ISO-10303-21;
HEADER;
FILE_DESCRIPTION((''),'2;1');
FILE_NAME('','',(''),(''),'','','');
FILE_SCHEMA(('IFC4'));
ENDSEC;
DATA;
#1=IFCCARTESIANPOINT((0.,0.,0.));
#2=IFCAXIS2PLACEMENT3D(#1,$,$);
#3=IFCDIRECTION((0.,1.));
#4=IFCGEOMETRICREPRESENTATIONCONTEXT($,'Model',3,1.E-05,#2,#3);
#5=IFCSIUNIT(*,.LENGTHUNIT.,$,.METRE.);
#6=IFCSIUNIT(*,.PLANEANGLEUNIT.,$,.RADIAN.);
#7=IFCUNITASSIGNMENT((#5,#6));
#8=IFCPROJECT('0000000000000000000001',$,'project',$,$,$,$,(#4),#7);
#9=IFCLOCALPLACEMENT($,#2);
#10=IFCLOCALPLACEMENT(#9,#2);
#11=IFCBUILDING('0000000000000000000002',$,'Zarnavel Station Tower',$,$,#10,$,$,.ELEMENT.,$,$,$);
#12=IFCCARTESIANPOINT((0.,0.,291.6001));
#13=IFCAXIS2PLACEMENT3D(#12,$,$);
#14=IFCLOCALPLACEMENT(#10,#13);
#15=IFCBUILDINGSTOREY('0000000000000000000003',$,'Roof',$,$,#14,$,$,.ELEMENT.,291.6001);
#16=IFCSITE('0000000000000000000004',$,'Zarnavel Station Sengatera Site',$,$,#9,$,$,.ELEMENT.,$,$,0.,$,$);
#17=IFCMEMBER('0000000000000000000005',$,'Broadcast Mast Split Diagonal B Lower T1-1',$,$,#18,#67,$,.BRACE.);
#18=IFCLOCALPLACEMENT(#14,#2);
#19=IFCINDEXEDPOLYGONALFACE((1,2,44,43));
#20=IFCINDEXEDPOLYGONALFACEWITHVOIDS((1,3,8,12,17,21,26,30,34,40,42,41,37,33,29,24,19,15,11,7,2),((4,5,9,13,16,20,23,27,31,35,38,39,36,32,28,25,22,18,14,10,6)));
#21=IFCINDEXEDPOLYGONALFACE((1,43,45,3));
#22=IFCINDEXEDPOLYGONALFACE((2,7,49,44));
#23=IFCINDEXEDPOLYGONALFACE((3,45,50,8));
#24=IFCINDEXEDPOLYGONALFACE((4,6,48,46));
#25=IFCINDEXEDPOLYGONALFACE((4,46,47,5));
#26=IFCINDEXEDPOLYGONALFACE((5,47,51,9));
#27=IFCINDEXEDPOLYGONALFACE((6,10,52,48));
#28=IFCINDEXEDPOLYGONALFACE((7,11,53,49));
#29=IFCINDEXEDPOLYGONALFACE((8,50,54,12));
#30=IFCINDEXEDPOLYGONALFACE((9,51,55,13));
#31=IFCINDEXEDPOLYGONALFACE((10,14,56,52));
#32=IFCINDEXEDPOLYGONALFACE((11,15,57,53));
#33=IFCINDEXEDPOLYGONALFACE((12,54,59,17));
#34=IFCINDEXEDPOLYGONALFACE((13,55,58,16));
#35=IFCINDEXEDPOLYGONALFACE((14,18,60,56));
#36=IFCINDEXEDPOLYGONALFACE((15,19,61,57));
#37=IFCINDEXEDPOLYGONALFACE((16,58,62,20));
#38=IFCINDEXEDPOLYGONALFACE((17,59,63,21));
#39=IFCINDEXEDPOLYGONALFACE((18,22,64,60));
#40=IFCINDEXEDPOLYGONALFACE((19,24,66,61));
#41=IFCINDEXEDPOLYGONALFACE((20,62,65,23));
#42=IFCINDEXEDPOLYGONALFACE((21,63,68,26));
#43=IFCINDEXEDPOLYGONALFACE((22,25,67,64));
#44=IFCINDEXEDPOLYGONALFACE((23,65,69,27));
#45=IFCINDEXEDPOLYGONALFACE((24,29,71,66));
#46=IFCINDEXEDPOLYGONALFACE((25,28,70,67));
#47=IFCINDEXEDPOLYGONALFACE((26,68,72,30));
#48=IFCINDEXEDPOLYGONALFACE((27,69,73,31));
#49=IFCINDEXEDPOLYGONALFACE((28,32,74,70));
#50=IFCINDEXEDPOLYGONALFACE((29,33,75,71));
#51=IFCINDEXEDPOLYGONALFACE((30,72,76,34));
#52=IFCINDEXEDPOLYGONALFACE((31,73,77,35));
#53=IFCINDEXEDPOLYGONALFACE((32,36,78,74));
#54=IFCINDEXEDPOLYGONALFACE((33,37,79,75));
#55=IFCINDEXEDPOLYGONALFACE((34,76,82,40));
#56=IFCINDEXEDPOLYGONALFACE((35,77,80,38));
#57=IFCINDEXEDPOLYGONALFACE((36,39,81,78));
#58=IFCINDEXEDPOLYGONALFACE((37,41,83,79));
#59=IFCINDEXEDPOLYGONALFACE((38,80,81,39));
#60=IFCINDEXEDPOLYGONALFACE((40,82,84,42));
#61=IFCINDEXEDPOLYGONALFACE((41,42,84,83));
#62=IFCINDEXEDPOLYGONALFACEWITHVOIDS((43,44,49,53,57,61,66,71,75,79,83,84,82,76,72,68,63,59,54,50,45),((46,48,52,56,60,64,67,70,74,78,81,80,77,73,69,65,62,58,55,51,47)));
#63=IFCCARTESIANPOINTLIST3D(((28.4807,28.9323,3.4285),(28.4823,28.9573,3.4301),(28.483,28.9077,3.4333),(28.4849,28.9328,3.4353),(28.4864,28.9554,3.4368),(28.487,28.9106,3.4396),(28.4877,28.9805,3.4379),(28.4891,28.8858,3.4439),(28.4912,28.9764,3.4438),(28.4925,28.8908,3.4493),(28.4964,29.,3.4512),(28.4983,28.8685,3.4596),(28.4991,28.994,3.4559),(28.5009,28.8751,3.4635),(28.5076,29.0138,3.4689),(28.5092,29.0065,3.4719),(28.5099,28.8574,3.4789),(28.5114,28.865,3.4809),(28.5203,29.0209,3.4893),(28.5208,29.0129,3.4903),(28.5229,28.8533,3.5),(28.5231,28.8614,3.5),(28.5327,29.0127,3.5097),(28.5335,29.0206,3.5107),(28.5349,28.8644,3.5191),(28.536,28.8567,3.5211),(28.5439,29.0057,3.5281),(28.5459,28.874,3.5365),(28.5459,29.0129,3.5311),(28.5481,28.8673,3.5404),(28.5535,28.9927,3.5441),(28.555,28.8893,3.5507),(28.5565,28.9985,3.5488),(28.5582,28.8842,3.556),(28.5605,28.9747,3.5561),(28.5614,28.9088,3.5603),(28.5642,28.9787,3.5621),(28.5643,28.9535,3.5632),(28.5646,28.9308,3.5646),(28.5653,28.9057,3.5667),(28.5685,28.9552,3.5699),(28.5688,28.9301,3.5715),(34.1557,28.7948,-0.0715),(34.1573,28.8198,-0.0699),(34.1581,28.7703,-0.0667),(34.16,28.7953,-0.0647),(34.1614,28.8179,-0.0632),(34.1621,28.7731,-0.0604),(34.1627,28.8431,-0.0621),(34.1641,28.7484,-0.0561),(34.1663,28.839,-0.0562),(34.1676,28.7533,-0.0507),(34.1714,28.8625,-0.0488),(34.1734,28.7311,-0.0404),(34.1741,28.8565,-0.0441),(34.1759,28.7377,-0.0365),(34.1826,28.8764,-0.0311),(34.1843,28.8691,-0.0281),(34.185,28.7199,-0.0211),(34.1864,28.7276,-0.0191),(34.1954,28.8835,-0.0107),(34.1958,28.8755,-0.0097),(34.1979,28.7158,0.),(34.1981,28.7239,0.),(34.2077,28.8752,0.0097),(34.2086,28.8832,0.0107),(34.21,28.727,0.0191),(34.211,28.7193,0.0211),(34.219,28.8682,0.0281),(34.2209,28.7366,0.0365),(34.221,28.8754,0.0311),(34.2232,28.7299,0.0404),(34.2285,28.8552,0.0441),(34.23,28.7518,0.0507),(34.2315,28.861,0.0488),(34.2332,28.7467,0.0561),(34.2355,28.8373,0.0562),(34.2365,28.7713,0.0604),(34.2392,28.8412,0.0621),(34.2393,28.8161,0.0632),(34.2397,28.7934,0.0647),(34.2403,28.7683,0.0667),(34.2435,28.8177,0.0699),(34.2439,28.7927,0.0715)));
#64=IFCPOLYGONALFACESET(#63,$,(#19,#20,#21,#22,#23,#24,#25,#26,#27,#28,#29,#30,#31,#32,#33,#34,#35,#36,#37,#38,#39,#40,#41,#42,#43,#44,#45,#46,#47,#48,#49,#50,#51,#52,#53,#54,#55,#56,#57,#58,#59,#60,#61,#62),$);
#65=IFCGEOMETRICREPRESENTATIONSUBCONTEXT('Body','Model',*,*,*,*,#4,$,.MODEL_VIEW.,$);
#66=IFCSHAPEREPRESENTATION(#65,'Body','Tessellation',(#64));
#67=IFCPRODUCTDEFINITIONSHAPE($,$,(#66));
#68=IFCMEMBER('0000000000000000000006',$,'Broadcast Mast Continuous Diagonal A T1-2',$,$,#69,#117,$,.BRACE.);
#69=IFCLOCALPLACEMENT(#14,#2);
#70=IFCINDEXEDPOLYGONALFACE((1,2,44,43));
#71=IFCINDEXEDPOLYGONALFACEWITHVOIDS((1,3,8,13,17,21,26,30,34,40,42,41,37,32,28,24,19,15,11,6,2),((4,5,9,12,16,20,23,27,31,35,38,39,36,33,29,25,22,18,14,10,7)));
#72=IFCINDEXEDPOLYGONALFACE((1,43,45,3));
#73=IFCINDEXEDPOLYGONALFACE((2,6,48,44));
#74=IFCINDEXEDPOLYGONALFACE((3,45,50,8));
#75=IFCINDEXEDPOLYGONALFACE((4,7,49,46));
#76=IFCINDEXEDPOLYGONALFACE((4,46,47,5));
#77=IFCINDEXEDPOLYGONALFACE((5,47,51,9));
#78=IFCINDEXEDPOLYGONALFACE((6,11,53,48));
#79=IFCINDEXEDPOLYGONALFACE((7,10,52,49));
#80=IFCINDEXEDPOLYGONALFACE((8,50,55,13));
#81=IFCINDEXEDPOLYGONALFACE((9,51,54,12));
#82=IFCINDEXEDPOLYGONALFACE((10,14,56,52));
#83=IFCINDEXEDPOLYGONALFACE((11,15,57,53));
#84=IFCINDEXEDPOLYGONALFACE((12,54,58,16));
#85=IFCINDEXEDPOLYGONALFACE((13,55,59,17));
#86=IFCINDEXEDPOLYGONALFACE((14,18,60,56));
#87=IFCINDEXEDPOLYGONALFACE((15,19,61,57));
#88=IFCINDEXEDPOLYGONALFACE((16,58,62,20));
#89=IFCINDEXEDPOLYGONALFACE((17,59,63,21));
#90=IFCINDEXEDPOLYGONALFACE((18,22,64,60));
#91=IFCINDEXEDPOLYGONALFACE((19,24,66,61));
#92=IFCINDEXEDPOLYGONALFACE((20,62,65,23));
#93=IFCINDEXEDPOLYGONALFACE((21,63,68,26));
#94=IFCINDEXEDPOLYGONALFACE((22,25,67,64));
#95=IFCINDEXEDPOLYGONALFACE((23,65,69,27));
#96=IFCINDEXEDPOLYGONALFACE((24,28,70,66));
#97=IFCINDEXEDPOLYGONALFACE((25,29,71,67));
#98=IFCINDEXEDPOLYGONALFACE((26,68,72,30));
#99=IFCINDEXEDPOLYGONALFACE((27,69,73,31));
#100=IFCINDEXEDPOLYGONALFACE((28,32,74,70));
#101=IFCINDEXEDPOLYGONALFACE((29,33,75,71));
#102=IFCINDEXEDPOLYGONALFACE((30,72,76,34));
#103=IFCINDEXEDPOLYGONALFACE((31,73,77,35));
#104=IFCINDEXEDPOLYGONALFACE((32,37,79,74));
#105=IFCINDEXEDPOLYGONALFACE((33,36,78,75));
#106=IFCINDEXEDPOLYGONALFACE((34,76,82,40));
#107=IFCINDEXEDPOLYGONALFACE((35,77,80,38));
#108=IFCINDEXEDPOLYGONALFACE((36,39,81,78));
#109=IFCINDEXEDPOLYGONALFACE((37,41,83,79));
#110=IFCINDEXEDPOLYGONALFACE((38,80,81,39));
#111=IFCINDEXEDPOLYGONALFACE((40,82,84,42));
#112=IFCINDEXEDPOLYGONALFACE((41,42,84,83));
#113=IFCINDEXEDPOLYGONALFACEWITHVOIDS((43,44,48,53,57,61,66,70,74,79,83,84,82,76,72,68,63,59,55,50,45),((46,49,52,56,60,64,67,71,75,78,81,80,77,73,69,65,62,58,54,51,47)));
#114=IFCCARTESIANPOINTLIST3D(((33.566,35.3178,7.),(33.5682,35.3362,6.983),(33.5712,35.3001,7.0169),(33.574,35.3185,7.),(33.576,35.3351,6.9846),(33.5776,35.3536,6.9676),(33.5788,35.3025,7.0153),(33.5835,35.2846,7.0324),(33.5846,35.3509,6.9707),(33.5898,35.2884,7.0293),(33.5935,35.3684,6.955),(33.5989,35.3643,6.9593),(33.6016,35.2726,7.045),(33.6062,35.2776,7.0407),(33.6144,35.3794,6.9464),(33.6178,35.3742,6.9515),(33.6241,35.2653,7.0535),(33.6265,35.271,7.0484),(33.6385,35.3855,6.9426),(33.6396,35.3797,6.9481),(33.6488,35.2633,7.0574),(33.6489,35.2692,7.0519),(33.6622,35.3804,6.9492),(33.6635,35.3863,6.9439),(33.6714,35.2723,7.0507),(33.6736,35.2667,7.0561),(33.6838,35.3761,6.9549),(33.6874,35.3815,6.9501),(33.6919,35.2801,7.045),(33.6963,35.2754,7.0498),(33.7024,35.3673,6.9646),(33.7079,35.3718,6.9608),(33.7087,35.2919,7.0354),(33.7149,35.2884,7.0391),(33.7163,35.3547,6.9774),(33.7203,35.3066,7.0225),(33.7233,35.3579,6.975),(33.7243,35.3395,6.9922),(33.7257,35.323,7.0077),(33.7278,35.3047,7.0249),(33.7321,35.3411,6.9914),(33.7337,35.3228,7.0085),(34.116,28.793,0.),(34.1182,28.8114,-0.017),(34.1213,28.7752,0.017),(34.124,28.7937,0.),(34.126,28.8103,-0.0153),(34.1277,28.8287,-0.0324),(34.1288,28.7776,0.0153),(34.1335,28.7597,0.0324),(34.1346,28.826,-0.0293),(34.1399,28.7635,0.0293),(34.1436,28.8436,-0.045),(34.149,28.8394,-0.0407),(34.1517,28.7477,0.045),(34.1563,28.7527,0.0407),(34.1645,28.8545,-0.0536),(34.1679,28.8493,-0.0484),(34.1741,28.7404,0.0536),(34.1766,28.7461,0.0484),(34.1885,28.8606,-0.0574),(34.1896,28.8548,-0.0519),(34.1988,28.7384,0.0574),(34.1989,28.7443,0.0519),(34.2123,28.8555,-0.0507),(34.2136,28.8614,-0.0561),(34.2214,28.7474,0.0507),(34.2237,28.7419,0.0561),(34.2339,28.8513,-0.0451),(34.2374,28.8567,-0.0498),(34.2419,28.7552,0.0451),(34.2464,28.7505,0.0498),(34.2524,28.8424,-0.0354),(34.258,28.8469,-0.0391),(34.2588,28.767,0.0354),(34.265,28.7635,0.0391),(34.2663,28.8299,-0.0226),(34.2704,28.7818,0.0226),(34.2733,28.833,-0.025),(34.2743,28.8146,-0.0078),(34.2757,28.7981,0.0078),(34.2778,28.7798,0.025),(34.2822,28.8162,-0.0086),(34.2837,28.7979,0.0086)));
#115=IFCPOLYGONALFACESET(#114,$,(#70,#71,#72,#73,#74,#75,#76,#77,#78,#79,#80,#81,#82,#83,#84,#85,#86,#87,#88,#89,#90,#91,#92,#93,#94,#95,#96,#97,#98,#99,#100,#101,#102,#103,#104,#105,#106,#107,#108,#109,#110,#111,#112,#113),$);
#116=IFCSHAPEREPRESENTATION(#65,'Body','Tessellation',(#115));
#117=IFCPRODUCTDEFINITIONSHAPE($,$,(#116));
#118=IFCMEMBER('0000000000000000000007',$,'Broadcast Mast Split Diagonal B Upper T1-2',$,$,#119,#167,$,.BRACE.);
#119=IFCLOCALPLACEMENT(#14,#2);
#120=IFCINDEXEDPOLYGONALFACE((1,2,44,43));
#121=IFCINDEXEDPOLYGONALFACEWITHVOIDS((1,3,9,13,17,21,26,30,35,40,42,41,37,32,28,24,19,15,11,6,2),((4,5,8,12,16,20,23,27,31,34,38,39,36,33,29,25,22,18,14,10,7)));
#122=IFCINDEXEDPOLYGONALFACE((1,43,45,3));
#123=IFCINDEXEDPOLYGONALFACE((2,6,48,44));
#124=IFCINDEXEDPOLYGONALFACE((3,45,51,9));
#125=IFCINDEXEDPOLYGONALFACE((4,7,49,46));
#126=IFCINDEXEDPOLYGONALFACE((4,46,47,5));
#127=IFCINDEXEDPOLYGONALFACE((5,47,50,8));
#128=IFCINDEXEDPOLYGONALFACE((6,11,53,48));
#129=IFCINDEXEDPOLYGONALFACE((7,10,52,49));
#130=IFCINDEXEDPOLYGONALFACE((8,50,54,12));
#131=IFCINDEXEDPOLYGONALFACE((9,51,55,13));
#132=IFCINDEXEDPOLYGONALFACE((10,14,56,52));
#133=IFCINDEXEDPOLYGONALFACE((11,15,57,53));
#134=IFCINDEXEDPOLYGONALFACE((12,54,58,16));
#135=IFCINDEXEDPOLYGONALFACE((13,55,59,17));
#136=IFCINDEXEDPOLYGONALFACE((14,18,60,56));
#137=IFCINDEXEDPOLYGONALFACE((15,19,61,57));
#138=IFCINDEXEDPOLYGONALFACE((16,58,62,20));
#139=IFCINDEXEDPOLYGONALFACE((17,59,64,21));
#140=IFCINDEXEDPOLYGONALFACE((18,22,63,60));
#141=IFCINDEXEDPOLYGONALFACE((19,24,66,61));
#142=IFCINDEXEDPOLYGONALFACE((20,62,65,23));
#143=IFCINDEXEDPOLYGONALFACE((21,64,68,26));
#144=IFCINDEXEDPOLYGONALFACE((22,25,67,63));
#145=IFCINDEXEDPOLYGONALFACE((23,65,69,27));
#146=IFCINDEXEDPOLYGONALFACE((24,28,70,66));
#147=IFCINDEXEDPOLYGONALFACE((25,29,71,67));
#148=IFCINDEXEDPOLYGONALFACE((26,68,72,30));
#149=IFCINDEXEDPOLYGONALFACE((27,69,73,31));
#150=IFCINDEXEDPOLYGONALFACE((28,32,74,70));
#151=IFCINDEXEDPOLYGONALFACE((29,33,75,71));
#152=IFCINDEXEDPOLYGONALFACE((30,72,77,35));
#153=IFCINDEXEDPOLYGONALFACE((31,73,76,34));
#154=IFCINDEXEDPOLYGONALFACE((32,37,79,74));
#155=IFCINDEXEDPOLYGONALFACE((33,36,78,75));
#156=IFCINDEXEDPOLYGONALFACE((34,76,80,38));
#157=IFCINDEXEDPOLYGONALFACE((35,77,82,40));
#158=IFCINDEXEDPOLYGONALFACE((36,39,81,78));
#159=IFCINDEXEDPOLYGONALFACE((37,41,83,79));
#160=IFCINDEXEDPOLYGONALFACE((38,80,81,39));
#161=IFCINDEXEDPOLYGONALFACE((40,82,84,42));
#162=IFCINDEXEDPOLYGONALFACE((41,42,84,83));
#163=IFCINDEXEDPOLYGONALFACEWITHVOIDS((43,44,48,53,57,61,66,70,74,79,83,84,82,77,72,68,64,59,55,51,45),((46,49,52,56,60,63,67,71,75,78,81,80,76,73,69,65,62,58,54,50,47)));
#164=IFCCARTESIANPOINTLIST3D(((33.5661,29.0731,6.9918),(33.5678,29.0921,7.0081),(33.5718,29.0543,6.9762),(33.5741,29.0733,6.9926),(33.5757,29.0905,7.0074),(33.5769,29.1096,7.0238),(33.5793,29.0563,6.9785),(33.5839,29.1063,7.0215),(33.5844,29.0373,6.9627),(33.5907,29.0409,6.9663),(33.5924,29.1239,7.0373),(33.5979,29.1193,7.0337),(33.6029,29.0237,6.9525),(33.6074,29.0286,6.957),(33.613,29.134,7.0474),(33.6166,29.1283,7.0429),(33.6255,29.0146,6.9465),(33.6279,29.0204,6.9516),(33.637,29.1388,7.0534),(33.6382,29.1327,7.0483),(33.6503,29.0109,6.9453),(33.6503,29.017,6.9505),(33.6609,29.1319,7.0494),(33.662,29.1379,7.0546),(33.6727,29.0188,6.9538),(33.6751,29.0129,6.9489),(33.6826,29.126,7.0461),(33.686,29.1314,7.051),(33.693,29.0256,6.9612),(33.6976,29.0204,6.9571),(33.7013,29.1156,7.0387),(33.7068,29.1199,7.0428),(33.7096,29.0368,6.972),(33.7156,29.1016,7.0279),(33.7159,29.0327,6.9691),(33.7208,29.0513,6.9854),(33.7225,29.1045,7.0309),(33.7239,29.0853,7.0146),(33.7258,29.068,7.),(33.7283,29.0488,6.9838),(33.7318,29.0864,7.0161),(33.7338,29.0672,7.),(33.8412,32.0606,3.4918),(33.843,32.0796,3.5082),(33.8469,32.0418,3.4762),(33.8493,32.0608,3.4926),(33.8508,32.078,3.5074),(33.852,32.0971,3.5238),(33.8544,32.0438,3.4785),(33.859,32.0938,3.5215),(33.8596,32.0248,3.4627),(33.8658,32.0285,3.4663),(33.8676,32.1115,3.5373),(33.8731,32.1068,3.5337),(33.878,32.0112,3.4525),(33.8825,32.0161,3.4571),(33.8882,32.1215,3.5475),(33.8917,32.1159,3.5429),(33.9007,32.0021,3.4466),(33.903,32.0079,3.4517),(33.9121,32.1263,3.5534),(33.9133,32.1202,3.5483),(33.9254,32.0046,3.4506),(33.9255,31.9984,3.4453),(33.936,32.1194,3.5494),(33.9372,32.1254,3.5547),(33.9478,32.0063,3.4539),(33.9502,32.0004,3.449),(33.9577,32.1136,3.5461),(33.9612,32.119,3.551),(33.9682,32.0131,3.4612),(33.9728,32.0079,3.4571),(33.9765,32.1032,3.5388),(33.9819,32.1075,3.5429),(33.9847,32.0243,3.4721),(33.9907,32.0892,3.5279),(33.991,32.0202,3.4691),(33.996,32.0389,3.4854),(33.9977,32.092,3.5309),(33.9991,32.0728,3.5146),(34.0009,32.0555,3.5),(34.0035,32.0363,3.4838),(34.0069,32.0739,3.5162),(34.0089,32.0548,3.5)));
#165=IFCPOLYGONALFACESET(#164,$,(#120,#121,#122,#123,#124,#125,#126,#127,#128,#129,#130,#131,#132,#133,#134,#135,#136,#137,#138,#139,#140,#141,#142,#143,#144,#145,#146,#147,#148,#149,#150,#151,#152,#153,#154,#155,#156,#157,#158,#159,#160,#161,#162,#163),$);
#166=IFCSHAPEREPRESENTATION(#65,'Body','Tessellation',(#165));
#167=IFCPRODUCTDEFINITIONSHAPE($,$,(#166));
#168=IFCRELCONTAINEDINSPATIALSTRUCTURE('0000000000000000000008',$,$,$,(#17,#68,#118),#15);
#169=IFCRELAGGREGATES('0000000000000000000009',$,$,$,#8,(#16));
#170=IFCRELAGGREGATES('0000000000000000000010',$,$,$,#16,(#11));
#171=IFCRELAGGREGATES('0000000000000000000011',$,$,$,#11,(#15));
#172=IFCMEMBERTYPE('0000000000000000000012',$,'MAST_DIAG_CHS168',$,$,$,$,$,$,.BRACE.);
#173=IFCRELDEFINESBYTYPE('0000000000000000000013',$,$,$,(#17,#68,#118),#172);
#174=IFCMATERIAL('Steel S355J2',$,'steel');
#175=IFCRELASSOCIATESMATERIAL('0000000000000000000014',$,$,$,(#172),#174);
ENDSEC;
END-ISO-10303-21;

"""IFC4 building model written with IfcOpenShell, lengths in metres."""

from ifc_helpers import new_model, si_unit, direction, frame, origin, origin_2d, place, context, subcontext, project, spatial, hollow_circle, extrude, material, material_profile, profile_set, type_object, element, save


model = new_model("IFC4")

# Units and contexts
model_context = context("Model", 3, precision=1e-05, world=origin(), true_north=direction((0.0, 1.0)))
body_context = subcontext(model_context, "Body", "Model", "MODEL_VIEW")
ifc_project = project(units=[si_unit("LENGTHUNIT", "METRE"), si_unit("PLANEANGLEUNIT", "RADIAN")], contexts=[model_context])

# Site, building, storey
site_placement = place(None, origin())
site = spatial("IfcSite", under=ifc_project, at=site_placement, Name="Zarnavel Station Sengatera Site", CompositionType="ELEMENT", RefElevation=0.0)
building_placement = place(site_placement, origin())
building = spatial("IfcBuilding", under=site, at=building_placement, Name="Zarnavel Station Tower", CompositionType="ELEMENT")
storey_placement = place(building_placement, frame((0.0, 0.0, 291.6001)))
storey = spatial("IfcBuildingStorey", under=building, at=storey_placement, Name="Roof", CompositionType="ELEMENT", Elevation=291.6001)

# Members
ifc_material_1 = material(Name="Steel S355J2", Category="steel")
ifc_material_profile_1 = material_profile(ifc_material_1, hollow_circle(Radius=0.0842, WallThickness=0.0081, at=origin_2d()), Name="CHS168.3x8")
ifc_profile_set_1 = profile_set([ifc_material_profile_1], Name="Steel S355J2")
member_type_1 = type_object("IfcMemberType", Name="MAST_DIAG_CHS168", PredefinedType="BRACE", material=ifc_profile_set_1)
member_1_placement = place(storey_placement, frame((34.2, 28.8, 0.0), z_axis=(-0.850964, 0.020611, 0.524819), x_axis=(-0.024213, -0.999707, 0.0)))
element("IfcMember", 1, at=member_1_placement, inside=storey, type_object=member_type_1, Name="Broadcast Mast Split Diagonal B Lower T1-1", PredefinedType="BRACE", context=body_context, shape_type="SweptSolid", body=[
    extrude(hollow_circle(Radius=0.0842, WallThickness=0.0081, at=origin_2d()), origin(), (0.0, 0.0, 1.0), 6.6689),
])
member_2_placement = place(storey_placement, frame((34.2, 28.8, 0.0), z_axis=(-0.057385, 0.680724, 0.730289), x_axis=(-0.996466, -0.084002, 0.0)))
element("IfcMember", 2, at=member_2_placement, inside=storey, type_object=member_type_1, Name="Broadcast Mast Continuous Diagonal A T1-2", PredefinedType="BRACE", context=body_context, shape_type="SweptSolid", body=[
    extrude(hollow_circle(Radius=0.0842, WallThickness=0.0081, at=origin_2d()), origin(), (0.0, 0.0, 1.0), 9.5852),
])
member_3_placement = place(storey_placement, frame((33.925, 32.0625, 3.5), z_axis=(-0.059686, -0.648073, 0.759236), x_axis=(0.995786, -0.09171, 0.0)))
element("IfcMember", 3, at=member_3_placement, inside=storey, type_object=member_type_1, Name="Broadcast Mast Split Diagonal B Upper T1-2", PredefinedType="BRACE", context=body_context, shape_type="SweptSolid", body=[
    extrude(hollow_circle(Radius=0.0842, WallThickness=0.0081, at=origin_2d()), origin(), (0.0, 0.0, 1.0), 4.6099),
])

save(model, "model.ifc")
